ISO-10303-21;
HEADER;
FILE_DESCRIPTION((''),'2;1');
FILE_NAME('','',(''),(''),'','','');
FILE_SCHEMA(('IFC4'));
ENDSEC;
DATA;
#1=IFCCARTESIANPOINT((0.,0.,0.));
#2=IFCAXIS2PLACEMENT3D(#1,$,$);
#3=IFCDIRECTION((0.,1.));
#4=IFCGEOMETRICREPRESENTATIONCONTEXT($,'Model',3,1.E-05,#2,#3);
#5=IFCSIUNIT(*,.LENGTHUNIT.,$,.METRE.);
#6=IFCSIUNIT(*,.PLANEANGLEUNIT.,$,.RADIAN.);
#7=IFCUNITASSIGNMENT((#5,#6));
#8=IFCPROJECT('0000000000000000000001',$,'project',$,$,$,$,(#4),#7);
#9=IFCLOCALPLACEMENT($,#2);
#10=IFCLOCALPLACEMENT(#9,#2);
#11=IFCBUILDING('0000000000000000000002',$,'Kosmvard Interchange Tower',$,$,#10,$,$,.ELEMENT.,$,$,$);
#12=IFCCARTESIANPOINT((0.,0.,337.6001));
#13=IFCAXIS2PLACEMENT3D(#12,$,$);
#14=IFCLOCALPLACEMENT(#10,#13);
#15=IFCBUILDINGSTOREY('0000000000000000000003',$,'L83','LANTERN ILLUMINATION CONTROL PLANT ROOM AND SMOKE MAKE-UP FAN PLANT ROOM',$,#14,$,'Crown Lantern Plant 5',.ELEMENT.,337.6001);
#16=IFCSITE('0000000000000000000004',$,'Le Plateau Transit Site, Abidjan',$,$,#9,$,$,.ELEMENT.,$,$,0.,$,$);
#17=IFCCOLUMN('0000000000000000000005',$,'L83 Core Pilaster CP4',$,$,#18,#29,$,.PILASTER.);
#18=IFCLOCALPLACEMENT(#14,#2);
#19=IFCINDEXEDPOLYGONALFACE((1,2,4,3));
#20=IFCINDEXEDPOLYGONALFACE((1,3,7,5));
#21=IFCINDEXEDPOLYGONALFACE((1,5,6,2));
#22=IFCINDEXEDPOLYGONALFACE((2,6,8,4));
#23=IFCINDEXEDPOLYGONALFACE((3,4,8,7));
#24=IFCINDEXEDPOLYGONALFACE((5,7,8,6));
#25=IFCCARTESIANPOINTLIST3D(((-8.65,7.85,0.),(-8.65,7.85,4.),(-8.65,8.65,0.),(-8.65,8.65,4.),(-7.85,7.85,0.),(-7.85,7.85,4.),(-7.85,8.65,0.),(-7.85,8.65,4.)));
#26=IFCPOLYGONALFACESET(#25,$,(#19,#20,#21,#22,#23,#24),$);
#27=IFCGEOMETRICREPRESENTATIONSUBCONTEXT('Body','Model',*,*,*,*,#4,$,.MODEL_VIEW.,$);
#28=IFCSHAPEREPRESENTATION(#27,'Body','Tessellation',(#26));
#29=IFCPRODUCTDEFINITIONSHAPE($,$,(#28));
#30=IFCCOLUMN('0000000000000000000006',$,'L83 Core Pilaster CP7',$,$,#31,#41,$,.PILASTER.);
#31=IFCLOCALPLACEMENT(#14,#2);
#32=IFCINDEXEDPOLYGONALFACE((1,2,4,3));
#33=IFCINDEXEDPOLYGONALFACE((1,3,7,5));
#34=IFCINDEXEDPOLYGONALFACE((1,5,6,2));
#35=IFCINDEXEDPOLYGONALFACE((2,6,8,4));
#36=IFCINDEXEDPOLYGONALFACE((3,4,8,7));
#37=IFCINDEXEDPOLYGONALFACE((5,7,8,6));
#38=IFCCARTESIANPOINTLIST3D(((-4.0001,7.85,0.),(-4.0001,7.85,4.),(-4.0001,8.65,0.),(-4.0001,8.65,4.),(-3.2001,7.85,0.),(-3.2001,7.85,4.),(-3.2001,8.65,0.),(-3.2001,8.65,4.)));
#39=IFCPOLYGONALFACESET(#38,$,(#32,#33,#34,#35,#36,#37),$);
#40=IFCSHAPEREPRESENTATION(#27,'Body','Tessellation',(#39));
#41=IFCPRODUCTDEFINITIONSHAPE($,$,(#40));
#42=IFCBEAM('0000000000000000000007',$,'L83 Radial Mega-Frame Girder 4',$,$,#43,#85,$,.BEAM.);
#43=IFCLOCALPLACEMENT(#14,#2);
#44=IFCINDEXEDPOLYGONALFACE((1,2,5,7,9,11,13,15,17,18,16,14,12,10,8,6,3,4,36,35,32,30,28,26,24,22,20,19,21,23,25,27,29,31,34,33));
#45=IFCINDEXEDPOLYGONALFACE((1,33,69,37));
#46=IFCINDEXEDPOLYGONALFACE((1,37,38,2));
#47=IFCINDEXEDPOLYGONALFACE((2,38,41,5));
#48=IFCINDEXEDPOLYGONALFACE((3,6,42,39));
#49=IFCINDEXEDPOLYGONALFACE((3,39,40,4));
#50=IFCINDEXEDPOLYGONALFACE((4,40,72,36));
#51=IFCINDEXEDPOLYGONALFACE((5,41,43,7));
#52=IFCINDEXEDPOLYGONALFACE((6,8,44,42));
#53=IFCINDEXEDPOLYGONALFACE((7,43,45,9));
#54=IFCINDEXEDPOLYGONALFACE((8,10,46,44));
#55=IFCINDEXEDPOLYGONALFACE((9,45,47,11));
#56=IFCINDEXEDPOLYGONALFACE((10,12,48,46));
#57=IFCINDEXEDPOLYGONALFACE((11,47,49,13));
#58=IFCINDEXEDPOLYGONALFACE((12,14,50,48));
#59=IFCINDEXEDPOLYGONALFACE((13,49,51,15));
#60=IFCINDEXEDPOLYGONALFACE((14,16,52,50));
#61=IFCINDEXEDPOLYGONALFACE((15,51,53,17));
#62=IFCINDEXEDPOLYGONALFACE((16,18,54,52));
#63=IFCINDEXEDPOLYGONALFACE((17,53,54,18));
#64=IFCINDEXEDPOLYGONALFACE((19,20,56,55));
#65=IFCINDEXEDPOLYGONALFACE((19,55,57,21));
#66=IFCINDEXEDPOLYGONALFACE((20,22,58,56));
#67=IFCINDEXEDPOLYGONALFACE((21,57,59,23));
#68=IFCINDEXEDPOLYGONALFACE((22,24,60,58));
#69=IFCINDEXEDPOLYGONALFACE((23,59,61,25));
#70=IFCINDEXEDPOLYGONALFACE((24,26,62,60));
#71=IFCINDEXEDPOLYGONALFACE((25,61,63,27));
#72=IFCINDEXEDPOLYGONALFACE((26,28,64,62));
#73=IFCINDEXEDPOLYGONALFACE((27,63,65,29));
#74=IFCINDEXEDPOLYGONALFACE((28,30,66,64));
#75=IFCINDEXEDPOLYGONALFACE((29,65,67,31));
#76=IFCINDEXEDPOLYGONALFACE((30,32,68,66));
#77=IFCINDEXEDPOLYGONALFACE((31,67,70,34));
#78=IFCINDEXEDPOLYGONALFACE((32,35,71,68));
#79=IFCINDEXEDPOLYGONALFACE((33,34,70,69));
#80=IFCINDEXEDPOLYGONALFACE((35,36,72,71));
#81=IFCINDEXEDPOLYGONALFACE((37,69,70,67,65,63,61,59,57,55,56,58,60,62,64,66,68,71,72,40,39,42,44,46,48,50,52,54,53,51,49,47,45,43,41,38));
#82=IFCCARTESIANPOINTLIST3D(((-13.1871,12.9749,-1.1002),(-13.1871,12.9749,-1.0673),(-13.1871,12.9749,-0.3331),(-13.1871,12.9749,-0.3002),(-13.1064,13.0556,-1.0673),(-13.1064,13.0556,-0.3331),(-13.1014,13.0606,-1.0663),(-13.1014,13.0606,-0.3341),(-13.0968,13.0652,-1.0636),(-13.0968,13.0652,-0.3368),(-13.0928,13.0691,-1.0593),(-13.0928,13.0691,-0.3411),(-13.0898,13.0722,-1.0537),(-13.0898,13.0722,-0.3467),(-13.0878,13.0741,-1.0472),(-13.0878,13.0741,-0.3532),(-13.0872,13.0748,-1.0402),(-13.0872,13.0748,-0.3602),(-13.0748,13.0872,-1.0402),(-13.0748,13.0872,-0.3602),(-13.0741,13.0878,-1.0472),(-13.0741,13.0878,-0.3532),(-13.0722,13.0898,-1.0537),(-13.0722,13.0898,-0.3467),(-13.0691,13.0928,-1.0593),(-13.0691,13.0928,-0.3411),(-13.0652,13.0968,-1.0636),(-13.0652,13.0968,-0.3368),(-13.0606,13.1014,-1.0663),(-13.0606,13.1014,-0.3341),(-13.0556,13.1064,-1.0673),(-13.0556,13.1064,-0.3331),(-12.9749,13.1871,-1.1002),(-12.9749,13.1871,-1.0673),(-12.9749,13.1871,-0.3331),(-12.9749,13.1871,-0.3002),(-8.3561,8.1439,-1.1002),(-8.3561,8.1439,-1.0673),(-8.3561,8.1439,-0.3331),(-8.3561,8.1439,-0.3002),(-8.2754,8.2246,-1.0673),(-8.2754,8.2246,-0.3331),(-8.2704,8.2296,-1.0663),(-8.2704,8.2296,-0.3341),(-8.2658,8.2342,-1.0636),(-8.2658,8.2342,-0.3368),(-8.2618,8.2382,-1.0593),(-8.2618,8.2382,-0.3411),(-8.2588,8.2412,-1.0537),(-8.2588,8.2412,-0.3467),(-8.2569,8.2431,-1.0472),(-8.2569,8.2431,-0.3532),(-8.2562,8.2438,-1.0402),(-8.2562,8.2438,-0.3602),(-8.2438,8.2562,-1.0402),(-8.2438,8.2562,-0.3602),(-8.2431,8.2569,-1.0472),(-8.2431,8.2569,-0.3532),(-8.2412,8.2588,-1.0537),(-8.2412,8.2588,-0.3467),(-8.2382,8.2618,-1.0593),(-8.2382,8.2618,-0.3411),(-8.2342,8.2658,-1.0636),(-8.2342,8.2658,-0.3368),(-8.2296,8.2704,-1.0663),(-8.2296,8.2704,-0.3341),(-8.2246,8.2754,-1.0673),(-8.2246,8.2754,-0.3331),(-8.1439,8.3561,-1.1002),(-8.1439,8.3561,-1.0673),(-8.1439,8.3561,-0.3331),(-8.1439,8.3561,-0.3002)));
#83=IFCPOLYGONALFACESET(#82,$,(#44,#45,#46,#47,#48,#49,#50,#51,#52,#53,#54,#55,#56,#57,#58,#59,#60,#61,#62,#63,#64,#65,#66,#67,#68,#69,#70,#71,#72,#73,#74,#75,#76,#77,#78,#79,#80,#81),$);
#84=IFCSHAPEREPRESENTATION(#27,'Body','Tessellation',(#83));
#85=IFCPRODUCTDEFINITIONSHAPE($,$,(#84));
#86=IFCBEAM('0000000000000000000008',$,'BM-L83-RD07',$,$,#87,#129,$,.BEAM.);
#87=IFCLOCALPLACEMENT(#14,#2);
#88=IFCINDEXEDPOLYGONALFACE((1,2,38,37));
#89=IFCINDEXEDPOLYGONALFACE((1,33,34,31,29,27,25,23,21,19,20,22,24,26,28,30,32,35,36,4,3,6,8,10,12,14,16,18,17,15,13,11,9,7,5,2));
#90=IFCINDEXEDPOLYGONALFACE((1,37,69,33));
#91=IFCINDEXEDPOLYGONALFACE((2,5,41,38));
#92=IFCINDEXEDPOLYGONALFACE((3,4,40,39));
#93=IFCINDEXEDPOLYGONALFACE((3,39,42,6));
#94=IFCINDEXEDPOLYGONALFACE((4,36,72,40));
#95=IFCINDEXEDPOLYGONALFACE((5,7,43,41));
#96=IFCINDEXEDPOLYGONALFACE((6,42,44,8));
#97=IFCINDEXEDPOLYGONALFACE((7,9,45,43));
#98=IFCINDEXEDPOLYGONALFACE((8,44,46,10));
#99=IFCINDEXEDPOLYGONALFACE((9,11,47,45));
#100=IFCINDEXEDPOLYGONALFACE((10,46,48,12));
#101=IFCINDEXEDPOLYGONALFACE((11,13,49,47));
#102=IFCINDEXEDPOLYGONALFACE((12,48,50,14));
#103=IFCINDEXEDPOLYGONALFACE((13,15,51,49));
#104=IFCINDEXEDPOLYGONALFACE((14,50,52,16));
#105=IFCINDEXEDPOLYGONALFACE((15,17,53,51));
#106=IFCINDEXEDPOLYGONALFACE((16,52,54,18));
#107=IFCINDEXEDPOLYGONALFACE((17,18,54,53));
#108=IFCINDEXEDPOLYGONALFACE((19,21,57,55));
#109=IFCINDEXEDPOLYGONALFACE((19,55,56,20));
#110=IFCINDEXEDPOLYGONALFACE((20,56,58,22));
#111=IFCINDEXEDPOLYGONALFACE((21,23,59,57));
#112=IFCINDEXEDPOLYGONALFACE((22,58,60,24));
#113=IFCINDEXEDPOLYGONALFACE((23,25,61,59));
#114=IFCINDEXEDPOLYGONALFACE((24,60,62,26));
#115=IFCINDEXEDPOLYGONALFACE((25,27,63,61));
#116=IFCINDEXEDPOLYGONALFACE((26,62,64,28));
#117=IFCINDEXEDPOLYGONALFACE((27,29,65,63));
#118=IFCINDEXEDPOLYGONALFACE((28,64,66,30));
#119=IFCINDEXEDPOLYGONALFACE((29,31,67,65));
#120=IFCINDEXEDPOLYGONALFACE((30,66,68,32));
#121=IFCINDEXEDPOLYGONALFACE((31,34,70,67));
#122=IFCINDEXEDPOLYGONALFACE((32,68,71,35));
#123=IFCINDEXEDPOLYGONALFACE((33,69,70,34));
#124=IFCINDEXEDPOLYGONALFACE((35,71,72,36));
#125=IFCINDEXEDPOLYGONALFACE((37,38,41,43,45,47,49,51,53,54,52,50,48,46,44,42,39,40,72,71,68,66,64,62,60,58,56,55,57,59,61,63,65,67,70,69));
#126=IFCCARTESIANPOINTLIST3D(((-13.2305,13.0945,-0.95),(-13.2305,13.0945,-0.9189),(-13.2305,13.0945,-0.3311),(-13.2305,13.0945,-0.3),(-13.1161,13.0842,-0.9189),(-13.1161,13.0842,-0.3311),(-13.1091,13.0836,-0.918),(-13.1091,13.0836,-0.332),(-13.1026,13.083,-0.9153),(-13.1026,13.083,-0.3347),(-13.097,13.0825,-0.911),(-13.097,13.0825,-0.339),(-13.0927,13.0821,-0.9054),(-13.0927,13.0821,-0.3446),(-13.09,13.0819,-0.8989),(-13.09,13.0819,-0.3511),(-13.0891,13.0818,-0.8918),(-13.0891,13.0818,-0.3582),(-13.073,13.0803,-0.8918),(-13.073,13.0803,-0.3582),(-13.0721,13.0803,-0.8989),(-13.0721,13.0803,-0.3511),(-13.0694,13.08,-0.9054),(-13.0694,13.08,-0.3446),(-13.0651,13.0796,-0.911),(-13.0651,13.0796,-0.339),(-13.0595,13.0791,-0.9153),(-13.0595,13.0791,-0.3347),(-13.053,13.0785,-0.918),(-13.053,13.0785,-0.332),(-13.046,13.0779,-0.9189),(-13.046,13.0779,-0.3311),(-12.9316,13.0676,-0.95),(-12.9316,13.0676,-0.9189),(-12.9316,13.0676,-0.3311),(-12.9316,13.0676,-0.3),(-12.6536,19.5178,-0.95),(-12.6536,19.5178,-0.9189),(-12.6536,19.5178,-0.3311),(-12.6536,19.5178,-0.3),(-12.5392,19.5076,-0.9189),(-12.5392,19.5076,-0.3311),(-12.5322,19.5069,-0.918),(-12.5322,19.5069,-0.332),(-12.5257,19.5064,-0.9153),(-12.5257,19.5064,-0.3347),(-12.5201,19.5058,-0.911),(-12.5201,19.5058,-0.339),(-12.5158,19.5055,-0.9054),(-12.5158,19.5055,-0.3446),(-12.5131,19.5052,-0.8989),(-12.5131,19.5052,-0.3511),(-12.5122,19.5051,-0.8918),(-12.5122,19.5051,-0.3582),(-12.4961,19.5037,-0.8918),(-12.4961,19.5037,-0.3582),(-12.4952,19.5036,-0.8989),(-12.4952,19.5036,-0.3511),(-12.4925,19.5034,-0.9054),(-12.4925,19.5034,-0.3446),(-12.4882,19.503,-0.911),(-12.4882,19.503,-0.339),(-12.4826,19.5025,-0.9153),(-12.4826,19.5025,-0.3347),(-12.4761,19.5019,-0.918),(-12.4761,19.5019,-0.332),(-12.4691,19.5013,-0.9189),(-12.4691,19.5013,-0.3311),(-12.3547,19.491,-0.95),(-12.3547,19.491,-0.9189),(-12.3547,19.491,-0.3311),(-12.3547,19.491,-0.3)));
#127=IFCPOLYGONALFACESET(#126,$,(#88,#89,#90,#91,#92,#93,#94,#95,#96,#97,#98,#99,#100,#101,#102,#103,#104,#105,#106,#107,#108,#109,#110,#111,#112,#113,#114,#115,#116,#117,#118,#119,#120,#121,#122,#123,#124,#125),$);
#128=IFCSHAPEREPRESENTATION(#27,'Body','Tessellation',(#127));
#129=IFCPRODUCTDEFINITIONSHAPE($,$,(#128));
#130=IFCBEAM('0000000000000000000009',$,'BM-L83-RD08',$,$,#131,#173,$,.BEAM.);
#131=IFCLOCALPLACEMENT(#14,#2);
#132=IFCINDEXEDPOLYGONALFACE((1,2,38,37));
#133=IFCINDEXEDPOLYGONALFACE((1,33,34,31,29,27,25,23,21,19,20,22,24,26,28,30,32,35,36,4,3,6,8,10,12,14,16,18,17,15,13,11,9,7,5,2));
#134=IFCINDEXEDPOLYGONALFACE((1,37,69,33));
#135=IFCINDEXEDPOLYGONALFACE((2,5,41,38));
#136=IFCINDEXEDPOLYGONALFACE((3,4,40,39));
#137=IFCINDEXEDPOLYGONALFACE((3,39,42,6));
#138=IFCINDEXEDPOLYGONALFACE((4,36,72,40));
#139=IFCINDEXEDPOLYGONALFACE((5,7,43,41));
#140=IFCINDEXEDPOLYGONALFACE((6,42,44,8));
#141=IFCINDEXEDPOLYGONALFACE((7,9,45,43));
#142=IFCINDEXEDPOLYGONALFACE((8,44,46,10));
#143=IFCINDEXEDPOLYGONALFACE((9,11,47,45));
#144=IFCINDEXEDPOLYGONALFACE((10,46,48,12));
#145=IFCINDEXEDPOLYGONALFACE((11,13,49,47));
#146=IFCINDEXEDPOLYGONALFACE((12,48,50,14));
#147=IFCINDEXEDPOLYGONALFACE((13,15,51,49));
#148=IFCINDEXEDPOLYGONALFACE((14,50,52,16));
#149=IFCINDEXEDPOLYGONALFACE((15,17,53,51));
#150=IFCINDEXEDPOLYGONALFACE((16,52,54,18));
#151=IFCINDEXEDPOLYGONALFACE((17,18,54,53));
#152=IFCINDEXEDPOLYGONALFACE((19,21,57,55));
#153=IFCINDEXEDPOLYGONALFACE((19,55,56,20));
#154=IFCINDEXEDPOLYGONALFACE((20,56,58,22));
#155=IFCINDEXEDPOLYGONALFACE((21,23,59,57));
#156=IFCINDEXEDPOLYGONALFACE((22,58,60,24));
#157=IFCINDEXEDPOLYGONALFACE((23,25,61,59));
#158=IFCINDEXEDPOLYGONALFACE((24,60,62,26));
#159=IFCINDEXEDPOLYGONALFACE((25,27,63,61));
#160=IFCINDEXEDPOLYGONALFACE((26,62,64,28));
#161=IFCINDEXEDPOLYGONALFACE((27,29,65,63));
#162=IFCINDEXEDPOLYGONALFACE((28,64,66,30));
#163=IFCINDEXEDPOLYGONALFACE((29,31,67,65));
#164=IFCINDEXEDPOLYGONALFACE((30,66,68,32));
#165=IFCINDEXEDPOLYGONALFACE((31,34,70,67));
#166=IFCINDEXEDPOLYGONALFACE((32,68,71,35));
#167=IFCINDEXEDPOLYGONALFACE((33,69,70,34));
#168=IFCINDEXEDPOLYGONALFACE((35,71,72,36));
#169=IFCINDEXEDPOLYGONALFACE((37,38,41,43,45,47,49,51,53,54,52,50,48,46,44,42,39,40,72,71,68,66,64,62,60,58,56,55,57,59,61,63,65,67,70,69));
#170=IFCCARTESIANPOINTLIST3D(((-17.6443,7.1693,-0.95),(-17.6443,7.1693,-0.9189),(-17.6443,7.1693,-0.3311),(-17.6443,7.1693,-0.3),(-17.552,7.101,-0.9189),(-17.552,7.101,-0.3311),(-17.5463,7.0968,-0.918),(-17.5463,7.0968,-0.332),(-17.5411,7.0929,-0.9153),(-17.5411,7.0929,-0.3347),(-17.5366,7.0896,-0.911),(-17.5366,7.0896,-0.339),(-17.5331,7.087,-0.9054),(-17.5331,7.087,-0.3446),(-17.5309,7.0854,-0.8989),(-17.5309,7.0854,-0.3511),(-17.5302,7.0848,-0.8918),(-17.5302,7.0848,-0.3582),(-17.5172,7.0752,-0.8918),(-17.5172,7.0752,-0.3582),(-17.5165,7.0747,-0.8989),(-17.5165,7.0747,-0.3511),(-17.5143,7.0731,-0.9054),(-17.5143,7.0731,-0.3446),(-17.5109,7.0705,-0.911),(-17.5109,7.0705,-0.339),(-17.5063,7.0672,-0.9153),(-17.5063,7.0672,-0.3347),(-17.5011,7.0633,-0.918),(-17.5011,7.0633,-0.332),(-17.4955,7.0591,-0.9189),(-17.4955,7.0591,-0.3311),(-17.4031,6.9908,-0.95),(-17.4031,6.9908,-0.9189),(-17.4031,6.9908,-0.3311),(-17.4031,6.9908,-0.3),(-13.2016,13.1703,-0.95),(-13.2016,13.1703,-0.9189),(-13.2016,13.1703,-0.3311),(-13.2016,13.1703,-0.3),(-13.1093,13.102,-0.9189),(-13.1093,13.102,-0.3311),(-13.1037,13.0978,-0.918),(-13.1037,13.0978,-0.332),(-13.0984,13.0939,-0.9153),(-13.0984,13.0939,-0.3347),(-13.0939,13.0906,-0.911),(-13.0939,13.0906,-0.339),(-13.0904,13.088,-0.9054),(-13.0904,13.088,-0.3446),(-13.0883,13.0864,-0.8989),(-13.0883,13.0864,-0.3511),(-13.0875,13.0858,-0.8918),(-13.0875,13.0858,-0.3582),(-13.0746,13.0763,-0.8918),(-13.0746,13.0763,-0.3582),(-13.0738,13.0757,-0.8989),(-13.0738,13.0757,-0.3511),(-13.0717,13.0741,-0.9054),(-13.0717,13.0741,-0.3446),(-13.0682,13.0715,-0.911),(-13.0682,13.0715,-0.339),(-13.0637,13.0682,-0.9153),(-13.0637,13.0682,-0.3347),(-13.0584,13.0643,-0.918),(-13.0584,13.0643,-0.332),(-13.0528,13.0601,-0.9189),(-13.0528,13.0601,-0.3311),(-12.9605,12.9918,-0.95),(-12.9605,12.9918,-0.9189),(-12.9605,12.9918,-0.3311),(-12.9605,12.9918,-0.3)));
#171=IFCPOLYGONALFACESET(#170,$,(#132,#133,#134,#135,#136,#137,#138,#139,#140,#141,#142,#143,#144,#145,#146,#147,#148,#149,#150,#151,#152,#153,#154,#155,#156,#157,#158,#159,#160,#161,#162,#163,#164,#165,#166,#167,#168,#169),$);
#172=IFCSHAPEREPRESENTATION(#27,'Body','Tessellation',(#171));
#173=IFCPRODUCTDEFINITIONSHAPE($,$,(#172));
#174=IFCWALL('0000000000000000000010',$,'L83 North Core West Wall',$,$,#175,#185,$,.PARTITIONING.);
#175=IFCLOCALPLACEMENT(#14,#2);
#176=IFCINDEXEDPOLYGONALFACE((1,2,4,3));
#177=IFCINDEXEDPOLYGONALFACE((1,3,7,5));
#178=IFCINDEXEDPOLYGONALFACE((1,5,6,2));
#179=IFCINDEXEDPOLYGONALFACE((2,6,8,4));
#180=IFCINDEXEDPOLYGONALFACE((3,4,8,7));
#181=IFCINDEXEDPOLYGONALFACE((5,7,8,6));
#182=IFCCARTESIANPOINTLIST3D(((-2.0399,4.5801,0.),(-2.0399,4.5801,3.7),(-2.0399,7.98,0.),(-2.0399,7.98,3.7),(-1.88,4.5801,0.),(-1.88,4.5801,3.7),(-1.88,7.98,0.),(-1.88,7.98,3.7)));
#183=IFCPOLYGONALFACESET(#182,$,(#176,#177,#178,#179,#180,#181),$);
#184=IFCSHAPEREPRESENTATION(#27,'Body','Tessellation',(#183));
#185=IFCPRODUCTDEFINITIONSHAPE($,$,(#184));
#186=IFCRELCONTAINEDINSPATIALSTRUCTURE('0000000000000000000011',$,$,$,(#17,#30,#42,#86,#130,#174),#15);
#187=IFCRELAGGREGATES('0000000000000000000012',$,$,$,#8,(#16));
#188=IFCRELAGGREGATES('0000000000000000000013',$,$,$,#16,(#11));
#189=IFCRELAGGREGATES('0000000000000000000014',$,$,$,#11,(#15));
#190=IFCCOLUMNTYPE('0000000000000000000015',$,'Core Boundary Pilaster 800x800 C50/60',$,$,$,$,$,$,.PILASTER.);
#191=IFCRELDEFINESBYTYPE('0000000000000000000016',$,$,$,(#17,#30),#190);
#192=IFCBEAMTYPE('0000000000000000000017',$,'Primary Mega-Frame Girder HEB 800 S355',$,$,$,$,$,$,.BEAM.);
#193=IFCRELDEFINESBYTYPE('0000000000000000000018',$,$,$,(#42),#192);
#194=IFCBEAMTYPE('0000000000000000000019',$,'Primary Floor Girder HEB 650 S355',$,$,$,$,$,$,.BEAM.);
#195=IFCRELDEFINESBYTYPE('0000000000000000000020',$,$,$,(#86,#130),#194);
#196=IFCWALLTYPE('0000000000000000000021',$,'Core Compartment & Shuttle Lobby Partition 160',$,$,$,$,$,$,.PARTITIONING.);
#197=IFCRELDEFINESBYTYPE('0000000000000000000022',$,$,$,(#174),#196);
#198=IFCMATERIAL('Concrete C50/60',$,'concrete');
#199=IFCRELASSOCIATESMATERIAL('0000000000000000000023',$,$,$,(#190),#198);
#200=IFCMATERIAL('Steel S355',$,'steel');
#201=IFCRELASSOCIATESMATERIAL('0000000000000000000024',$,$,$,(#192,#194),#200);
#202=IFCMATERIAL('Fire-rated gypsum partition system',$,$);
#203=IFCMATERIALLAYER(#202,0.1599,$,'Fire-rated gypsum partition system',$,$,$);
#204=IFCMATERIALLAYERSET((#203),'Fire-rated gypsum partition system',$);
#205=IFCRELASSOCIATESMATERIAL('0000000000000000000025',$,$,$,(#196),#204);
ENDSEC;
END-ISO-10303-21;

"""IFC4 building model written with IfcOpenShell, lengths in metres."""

from ifc_helpers import new_model, si_unit, direction, frame, frame_2d, origin, origin_2d, place, context, subcontext, project, spatial, rectangle, i_section, extrude, source, transform, mapped, material, layer, layer_set, material_profile, profile_set, type_object, element, save


model = new_model("IFC4")

# Units and contexts
model_context = context("Model", 3, precision=1e-05, world=origin(), true_north=direction((0.0, 1.0)))
body_context = subcontext(model_context, "Body", "Model", "MODEL_VIEW")
ifc_project = project(units=[si_unit("LENGTHUNIT", "METRE"), si_unit("PLANEANGLEUNIT", "RADIAN")], contexts=[model_context])

# Site, building, storey
site_placement = place(None, origin())
site = spatial("IfcSite", under=ifc_project, at=site_placement, Name="Le Plateau Transit Site, Abidjan", CompositionType="ELEMENT", RefElevation=0.0)
building_placement = place(site_placement, origin())
building = spatial("IfcBuilding", under=site, at=building_placement, Name="Kosmvard Interchange Tower", CompositionType="ELEMENT")
storey_placement = place(building_placement, frame((0.0, 0.0, 337.6001)))
storey = spatial("IfcBuildingStorey", under=building, at=storey_placement, Name="L83", Description="LANTERN ILLUMINATION CONTROL PLANT ROOM AND SMOKE MAKE-UP FAN PLANT ROOM", LongName="Crown Lantern Plant 5", CompositionType="ELEMENT", Elevation=337.6001)

# Columns
ifc_material_1 = material(Name="Concrete C50/60", Category="concrete")
ifc_material_profile_1 = material_profile(ifc_material_1, rectangle(XDim=0.8, YDim=0.8, at=origin_2d()), Name="CP 800x800")
ifc_profile_set_1 = profile_set([ifc_material_profile_1], Name="Concrete C50/60")
column_type = type_object("IfcColumnType", Name="Core Boundary Pilaster 800x800 C50/60", PredefinedType="PILASTER", material=ifc_profile_set_1)
shared_shape_1 = source(origin(), body_context, "Body", "SweptSolid", [
    extrude(rectangle(XDim=0.8, YDim=0.8, at=origin_2d()), origin(), (0.0, 0.0, 1.0), 4.0),
])
for number, where, z_axis, x_axis, name in (
    (1, (-8.25, 8.25, 0.0), (0.0, 0.0, 1.0), (1.0, 0.0, 0.0), "L83 Core Pilaster CP4"),
    (2, (-3.6001, 8.25, 0.0), (0.0, 0.0, 1.0), (1.0, 0.0, 0.0), "L83 Core Pilaster CP7"),
):
    element("IfcColumn", number, at=place(storey_placement, frame(where, z_axis=z_axis, x_axis=x_axis)), inside=storey, type_object=column_type, Name=name, PredefinedType="PILASTER", context=body_context, shape_type="MappedRepresentation", body=[
        mapped(shared_shape_1, transform((0.0, 0.0, 0.0), scale=1.0)),
    ])

# Beams
ifc_material_2 = material(Name="Steel S355", Category="steel")
ifc_material_profile_2 = material_profile(ifc_material_2, i_section(OverallWidth=0.3, OverallDepth=0.8, WebThickness=0.0176, FlangeThickness=0.033, FilletRadius=0.0271, at=origin_2d()), Name="HEB 800")
ifc_profile_set_2 = profile_set([ifc_material_profile_2], Name="Steel S355")
beam_type_1 = type_object("IfcBeamType", Name="Primary Mega-Frame Girder HEB 800 S355", PredefinedType="BEAM", material=ifc_profile_set_2)
shared_shape_2 = source(origin(), body_context, "Body", "SweptSolid", [
    extrude(i_section(OverallWidth=0.3, OverallDepth=0.8, WebThickness=0.0176, FlangeThickness=0.033, FilletRadius=0.0271, at=origin_2d()), origin(), (0.0, 0.0, 1.0), 6.832),
])
beam_1_placement = place(storey_placement, frame((-8.25, 8.25, -0.7002), z_axis=(-0.707107, 0.707107, 0.0), x_axis=(-0.707107, -0.707107, 0.0)))
element("IfcBeam", 3, at=beam_1_placement, inside=storey, type_object=beam_type_1, Name="L83 Radial Mega-Frame Girder 4", PredefinedType="BEAM", context=body_context, shape_type="MappedRepresentation", body=[
    mapped(shared_shape_2, transform((0.0, 0.0, 0.0), scale=1.0)),
])
ifc_material_profile_3 = material_profile(ifc_material_2, i_section(OverallWidth=0.3, OverallDepth=0.6499, WebThickness=0.0161, FlangeThickness=0.031, FilletRadius=0.0271, at=origin_2d()), Name="HEB 650")
ifc_profile_set_3 = profile_set([ifc_material_profile_3], Name="Steel S355")
beam_type_2 = type_object("IfcBeamType", Name="Primary Floor Girder HEB 650 S355", PredefinedType="BEAM", material=ifc_profile_set_3)
shared_shape_3 = source(origin(), body_context, "Body", "SweptSolid", [
    extrude(i_section(OverallWidth=0.3, OverallDepth=0.6499, WebThickness=0.0161, FlangeThickness=0.031, FilletRadius=0.0271, at=origin_2d()), origin(), (0.0, 0.0, 1.0), 6.4492),
])
beam_2_placement = place(storey_placement, frame((-13.0811, 13.0811, -0.625), z_axis=(0.089454, 0.995991, 0.0), x_axis=(-0.995991, 0.089454, 0.0)))
element("IfcBeam", 4, at=beam_2_placement, inside=storey, type_object=beam_type_2, Name="BM-L83-RD07", PredefinedType="BEAM", context=body_context, shape_type="MappedRepresentation", body=[
    mapped(shared_shape_3, transform((0.0, 0.0, 0.0), scale=1.0)),
])
shared_shape_4 = source(origin(), body_context, "Body", "SweptSolid", [
    extrude(i_section(OverallWidth=0.3, OverallDepth=0.6499, WebThickness=0.0161, FlangeThickness=0.031, FilletRadius=0.0271, at=origin_2d()), origin(), (0.0, 0.0, 1.0), 7.4666),
])
beam_3_placement = place(storey_placement, frame((-13.0811, 13.0811, -0.625), z_axis=(-0.595008, -0.80372, 0.0), x_axis=(0.80372, -0.595008, 0.0)))
element("IfcBeam", 5, at=beam_3_placement, inside=storey, type_object=beam_type_2, Name="BM-L83-RD08", PredefinedType="BEAM", context=body_context, shape_type="MappedRepresentation", body=[
    mapped(shared_shape_4, transform((0.0, 0.0, 0.0), scale=1.0)),
])

# Wall
ifc_material_3 = material(Name="Fire-rated gypsum partition system")
ifc_layer_1 = layer(ifc_material_3, 0.1599, Name="Fire-rated gypsum partition system")
ifc_layer_set_1 = layer_set([ifc_layer_1], Name="Fire-rated gypsum partition system")
wall_type_1 = type_object("IfcWallType", Name="Core Compartment & Shuttle Lobby Partition 160", PredefinedType="PARTITIONING", material=ifc_layer_set_1)
wall_1_placement = place(storey_placement, frame((-1.96, 4.5801, 0.0), z_axis=(0.0, 0.0, 1.0), x_axis=(0.0, 1.0, 0.0)))
element("IfcWall", 6, at=wall_1_placement, inside=storey, type_object=wall_type_1, Name="L83 North Core West Wall", PredefinedType="PARTITIONING", context=body_context, shape_type="SweptSolid", body=[
    extrude(rectangle(XDim=3.3999, YDim=0.1599, at=frame_2d((1.7, 0.0))), origin(), (0.0, 0.0, 1.0), 3.7),
])

save(model, "model.ifc")
